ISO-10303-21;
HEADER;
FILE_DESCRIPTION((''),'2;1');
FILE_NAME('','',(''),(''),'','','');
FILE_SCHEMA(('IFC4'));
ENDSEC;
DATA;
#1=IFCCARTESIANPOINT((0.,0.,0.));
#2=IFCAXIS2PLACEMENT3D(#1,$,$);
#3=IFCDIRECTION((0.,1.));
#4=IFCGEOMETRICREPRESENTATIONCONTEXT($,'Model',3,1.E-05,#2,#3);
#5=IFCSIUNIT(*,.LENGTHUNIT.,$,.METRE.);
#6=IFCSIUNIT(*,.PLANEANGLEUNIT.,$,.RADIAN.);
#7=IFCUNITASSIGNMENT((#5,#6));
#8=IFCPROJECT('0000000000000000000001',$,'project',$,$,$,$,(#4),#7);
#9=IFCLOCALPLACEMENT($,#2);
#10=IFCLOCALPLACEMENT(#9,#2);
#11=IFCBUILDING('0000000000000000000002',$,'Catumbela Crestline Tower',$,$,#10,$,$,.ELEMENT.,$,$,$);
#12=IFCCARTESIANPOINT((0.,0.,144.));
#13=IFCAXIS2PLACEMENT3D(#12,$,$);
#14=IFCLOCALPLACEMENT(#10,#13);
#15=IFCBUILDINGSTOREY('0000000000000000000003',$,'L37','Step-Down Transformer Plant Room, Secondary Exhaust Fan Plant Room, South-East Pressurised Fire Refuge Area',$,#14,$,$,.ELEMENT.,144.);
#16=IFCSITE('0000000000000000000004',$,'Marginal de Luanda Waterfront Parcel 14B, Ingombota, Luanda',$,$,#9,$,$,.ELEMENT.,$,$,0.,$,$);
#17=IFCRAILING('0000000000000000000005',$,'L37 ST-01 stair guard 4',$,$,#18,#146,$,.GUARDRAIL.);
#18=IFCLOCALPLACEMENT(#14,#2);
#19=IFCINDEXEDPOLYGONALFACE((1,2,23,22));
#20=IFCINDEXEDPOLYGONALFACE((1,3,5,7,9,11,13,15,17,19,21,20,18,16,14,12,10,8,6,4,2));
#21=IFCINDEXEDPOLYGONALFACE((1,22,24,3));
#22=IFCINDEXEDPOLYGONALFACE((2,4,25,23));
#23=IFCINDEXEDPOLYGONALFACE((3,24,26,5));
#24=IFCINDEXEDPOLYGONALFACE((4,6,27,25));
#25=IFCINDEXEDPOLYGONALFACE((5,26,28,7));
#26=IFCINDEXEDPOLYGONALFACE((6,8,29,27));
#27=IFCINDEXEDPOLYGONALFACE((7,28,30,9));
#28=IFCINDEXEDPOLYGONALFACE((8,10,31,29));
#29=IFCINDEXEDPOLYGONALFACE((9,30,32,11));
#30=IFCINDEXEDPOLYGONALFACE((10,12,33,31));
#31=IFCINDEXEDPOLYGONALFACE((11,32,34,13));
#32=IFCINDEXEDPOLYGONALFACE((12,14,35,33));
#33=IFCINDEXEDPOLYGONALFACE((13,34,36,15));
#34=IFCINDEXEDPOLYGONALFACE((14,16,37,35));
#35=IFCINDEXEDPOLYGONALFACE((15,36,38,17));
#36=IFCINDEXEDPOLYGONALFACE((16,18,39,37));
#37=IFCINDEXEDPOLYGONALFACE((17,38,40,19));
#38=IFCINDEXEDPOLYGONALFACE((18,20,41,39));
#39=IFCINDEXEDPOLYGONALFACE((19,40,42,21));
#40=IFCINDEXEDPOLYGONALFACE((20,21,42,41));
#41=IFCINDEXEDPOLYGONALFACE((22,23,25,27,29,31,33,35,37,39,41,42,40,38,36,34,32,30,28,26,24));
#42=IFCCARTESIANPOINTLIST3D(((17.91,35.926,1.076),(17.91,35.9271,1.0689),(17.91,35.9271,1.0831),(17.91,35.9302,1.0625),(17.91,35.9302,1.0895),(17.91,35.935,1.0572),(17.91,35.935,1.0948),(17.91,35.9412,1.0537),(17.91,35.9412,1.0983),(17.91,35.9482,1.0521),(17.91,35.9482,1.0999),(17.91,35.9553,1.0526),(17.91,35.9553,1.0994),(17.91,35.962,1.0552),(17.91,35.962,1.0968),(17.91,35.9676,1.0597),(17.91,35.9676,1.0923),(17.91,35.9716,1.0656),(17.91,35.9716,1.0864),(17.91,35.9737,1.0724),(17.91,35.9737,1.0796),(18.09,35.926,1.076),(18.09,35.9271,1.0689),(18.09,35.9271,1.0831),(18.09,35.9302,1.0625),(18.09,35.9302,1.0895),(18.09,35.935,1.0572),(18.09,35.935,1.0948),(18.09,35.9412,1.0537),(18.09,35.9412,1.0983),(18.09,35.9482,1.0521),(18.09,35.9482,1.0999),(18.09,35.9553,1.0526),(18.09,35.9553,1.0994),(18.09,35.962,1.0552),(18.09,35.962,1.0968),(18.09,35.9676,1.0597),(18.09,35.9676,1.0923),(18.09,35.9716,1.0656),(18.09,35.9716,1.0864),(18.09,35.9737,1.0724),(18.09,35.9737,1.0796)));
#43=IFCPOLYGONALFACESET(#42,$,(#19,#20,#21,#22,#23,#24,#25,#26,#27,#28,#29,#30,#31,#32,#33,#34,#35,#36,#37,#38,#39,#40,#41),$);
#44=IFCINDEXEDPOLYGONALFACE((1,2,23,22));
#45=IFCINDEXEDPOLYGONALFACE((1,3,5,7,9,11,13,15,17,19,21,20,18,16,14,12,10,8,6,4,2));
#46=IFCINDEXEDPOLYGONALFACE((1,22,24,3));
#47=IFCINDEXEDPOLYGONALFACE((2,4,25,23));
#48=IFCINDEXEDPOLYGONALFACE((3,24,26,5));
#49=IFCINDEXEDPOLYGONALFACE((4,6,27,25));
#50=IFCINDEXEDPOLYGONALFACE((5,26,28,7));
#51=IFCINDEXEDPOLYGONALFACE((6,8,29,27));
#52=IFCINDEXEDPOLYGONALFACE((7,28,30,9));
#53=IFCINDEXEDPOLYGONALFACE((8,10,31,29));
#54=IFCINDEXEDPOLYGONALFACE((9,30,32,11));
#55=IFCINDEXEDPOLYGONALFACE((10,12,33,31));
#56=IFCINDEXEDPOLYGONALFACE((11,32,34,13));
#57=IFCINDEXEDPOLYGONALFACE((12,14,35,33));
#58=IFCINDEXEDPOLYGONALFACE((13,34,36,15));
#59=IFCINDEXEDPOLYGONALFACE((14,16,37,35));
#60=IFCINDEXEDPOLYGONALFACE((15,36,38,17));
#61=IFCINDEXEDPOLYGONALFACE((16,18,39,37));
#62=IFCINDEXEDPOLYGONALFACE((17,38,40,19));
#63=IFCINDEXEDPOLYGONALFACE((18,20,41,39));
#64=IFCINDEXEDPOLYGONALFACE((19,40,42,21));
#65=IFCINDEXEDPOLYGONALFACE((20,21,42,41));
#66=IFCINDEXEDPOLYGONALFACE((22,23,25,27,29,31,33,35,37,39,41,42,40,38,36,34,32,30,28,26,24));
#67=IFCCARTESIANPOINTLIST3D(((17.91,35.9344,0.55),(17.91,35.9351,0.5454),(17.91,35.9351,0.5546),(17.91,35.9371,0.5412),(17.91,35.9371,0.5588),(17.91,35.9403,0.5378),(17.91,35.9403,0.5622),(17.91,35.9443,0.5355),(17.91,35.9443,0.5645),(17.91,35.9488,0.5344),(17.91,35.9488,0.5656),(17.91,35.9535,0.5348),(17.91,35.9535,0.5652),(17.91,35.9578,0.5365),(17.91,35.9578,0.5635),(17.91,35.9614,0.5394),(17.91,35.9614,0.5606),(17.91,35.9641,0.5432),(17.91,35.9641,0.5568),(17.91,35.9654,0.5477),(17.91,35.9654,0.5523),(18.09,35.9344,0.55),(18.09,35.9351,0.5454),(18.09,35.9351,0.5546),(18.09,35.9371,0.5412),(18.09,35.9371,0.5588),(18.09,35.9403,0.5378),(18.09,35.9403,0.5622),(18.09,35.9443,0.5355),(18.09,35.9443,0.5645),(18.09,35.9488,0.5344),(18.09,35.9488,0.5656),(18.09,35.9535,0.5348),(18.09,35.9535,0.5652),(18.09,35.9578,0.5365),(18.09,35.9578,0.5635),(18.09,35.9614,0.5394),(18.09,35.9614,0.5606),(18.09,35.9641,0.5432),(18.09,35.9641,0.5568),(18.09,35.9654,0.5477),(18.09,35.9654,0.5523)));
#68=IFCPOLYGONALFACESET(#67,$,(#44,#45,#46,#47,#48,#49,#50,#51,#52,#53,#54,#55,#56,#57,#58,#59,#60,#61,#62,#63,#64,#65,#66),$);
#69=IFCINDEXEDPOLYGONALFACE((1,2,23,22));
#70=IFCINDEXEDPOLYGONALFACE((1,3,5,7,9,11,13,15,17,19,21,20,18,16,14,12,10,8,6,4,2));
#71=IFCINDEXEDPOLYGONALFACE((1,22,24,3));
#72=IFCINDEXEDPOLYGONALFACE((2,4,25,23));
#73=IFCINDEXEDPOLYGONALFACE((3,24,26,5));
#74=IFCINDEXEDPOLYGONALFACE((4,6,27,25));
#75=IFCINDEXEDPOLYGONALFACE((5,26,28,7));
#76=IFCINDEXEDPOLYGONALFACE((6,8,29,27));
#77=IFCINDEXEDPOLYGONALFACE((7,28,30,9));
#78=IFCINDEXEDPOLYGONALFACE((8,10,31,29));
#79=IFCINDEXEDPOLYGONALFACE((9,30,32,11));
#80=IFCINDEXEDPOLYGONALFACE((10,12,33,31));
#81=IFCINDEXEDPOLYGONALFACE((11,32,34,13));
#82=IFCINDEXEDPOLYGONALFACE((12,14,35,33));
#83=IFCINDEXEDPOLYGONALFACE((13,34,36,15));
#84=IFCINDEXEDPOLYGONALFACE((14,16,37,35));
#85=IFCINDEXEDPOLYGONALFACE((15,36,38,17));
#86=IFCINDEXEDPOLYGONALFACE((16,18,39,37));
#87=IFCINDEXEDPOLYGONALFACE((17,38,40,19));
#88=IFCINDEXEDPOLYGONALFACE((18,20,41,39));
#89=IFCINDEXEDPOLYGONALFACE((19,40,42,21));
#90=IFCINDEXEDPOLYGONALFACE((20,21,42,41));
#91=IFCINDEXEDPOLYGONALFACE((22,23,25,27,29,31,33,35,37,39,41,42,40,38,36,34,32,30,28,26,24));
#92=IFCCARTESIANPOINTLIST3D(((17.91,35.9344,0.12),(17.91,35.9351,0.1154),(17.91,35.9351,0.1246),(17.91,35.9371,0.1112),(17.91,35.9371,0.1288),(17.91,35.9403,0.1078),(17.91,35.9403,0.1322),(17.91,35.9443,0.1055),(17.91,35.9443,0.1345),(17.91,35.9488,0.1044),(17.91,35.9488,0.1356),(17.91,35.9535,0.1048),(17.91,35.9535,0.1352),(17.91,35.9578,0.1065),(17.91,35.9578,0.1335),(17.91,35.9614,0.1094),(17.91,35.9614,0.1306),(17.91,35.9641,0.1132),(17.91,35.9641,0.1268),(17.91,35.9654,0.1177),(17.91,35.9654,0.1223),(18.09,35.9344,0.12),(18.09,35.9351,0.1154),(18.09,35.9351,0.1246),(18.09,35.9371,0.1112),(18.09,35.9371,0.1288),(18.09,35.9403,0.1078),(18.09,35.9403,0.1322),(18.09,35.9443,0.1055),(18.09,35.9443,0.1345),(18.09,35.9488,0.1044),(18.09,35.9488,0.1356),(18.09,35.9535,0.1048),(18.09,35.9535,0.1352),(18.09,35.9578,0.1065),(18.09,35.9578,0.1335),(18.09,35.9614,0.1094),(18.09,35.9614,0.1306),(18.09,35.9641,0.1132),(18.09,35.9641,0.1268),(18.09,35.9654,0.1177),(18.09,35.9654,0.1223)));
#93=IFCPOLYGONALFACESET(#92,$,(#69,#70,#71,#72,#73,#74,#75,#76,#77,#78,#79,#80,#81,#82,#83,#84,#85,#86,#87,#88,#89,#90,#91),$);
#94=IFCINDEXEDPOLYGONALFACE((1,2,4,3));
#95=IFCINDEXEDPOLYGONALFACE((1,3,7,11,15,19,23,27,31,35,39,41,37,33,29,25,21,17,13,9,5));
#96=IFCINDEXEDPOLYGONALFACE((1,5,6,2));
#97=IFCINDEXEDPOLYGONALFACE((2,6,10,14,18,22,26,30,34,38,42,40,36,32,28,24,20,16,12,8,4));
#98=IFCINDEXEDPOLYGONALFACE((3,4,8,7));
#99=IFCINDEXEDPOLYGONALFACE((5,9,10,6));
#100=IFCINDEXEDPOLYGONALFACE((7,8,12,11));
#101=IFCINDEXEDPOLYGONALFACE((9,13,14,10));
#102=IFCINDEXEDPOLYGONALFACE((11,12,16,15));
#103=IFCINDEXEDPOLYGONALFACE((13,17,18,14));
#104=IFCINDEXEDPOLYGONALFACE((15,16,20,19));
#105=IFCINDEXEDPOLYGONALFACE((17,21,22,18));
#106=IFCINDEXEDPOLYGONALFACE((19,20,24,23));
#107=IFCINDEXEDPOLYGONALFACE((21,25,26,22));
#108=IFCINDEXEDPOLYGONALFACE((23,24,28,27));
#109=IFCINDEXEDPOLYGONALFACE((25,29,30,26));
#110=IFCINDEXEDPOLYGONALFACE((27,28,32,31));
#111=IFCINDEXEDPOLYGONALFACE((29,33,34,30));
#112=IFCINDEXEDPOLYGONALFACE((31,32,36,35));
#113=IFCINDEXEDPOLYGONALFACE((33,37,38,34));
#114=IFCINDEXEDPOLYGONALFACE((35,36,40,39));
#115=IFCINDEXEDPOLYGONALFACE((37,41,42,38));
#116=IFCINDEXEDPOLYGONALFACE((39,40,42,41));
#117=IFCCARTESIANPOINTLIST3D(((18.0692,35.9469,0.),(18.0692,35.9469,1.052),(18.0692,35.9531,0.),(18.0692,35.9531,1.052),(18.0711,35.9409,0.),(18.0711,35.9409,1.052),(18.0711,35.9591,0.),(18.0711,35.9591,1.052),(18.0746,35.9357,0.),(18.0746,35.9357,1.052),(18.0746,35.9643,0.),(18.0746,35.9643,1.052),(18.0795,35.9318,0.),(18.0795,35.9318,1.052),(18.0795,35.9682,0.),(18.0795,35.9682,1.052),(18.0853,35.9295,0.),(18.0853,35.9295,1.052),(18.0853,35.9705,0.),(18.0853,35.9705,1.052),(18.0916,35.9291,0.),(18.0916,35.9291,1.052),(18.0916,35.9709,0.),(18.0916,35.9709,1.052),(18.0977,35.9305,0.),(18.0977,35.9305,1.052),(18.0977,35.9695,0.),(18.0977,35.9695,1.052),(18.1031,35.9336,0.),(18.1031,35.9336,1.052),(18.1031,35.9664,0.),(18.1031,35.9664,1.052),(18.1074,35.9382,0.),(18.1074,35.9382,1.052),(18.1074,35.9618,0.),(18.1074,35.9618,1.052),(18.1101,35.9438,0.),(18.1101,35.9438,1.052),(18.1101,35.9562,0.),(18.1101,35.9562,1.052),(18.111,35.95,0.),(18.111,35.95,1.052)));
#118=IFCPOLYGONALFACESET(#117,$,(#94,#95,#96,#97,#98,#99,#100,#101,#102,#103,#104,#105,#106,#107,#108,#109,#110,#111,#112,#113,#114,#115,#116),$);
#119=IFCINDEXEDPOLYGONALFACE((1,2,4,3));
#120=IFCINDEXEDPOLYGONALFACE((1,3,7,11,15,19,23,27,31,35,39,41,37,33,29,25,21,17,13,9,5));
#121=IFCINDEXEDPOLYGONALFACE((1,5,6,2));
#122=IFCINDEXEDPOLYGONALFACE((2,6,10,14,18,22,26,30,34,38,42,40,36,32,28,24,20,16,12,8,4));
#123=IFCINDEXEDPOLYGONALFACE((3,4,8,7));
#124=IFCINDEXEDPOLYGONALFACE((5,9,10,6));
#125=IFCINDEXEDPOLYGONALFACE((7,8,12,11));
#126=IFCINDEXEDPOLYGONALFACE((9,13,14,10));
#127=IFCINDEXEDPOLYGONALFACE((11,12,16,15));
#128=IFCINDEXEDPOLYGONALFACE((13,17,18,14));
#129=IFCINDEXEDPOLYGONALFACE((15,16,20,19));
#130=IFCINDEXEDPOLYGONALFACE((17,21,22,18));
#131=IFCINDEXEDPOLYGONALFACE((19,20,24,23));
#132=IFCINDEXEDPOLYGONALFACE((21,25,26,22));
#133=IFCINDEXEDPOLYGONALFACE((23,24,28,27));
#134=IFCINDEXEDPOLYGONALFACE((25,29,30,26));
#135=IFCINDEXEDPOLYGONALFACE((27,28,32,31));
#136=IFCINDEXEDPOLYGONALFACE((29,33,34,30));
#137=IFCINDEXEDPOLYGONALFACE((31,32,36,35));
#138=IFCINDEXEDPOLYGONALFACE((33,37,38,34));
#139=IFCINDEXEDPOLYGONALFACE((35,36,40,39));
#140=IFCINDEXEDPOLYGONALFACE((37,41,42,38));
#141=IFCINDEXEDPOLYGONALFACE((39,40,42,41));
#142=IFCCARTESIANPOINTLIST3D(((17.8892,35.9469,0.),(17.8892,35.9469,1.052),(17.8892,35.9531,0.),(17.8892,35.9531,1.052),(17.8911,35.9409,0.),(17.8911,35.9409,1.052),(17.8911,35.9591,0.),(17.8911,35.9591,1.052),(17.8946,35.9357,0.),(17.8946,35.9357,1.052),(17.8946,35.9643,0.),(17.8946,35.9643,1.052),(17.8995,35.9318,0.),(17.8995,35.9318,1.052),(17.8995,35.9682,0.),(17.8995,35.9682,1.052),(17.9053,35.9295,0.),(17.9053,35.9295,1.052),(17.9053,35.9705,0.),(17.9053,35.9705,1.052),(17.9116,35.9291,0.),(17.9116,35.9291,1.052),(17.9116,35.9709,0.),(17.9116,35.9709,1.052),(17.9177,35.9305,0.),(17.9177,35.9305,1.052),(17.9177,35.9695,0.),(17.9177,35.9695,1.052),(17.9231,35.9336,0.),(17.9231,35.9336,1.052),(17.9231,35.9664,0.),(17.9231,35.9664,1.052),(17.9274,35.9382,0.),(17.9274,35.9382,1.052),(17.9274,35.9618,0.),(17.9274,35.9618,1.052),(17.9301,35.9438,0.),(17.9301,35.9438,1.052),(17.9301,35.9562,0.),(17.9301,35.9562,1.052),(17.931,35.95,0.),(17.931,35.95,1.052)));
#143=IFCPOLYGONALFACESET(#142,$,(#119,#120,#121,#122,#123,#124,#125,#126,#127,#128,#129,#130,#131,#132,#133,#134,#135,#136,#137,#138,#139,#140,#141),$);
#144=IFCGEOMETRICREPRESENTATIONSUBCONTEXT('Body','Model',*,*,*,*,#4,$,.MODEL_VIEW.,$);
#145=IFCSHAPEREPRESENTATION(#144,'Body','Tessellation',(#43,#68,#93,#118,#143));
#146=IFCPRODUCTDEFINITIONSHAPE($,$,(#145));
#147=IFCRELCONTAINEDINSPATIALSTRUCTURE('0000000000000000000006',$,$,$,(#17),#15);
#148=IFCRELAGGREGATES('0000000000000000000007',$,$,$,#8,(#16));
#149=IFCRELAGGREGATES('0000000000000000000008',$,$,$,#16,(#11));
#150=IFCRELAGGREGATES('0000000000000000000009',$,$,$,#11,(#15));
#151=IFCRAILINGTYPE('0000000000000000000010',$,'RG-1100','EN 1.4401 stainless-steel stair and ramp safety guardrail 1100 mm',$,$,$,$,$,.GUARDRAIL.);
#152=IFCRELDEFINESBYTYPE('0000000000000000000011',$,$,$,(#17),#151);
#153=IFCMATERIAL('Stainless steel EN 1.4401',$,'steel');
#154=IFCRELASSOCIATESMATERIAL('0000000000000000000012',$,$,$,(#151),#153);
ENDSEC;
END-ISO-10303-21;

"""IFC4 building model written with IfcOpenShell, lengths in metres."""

from ifc_helpers import new_model, si_unit, direction, frame, origin, origin_2d, place, context, subcontext, project, spatial, circle, extrude, material, type_object, element, save


model = new_model("IFC4")

# Units and contexts
model_context = context("Model", 3, precision=1e-05, world=origin(), true_north=direction((0.0, 1.0)))
body_context = subcontext(model_context, "Body", "Model", "MODEL_VIEW")
ifc_project = project(units=[si_unit("LENGTHUNIT", "METRE"), si_unit("PLANEANGLEUNIT", "RADIAN")], contexts=[model_context])

# Site, building, storey
site_placement = place(None, origin())
site = spatial("IfcSite", under=ifc_project, at=site_placement, Name="Marginal de Luanda Waterfront Parcel 14B, Ingombota, Luanda", CompositionType="ELEMENT", RefElevation=0.0)
building_placement = place(site_placement, origin())
building = spatial("IfcBuilding", under=site, at=building_placement, Name="Catumbela Crestline Tower", CompositionType="ELEMENT")
storey_placement = place(building_placement, frame((0.0, 0.0, 144.0)))
storey = spatial("IfcBuildingStorey", under=building, at=storey_placement, Name="L37", Description="Step-Down Transformer Plant Room, Secondary Exhaust Fan Plant Room, South-East Pressurised Fire Refuge Area", CompositionType="ELEMENT", Elevation=144.0)

# Shared definitions
ifc_material_1 = material(Name="Stainless steel EN 1.4401", Category="steel")

# Railing
railing_type_1 = type_object("IfcRailingType", Name="RG-1100", Description="EN 1.4401 stainless-steel stair and ramp safety guardrail 1100 mm", PredefinedType="GUARDRAIL", material=ifc_material_1)
railing_1_placement = place(storey_placement, frame((18.09, 35.95, 0.0)))
element("IfcRailing", 1, at=railing_1_placement, inside=storey, type_object=railing_type_1, Name="L37 ST-01 stair guard 4", PredefinedType="GUARDRAIL", context=body_context, shape_type="SweptSolid", body=[
    extrude(circle(Radius=0.024, at=origin_2d()), frame((0.0, 0.0, 1.076), z_axis=(-1.0, 0.0, 0.0), x_axis=(0.0, -1.0, 0.0)), (0.0, 0.0, 1.0), 0.18),
    extrude(circle(Radius=0.0156, at=origin_2d()), frame((0.0, 0.0, 0.55), z_axis=(-1.0, 0.0, 0.0), x_axis=(0.0, -1.0, 0.0)), (0.0, 0.0, 1.0), 0.18),
    extrude(circle(Radius=0.0156, at=origin_2d()), frame((0.0, 0.0, 0.12), z_axis=(-1.0, 0.0, 0.0), x_axis=(0.0, -1.0, 0.0)), (0.0, 0.0, 1.0), 0.18),
    extrude(circle(Radius=0.021, at=origin_2d()), origin(), (0.0, 0.0, 1.0), 1.052),
    extrude(circle(Radius=0.021, at=origin_2d()), frame((-0.18, 0.0, 0.0)), (0.0, 0.0, 1.0), 1.052),
])

save(model, "model.ifc")
